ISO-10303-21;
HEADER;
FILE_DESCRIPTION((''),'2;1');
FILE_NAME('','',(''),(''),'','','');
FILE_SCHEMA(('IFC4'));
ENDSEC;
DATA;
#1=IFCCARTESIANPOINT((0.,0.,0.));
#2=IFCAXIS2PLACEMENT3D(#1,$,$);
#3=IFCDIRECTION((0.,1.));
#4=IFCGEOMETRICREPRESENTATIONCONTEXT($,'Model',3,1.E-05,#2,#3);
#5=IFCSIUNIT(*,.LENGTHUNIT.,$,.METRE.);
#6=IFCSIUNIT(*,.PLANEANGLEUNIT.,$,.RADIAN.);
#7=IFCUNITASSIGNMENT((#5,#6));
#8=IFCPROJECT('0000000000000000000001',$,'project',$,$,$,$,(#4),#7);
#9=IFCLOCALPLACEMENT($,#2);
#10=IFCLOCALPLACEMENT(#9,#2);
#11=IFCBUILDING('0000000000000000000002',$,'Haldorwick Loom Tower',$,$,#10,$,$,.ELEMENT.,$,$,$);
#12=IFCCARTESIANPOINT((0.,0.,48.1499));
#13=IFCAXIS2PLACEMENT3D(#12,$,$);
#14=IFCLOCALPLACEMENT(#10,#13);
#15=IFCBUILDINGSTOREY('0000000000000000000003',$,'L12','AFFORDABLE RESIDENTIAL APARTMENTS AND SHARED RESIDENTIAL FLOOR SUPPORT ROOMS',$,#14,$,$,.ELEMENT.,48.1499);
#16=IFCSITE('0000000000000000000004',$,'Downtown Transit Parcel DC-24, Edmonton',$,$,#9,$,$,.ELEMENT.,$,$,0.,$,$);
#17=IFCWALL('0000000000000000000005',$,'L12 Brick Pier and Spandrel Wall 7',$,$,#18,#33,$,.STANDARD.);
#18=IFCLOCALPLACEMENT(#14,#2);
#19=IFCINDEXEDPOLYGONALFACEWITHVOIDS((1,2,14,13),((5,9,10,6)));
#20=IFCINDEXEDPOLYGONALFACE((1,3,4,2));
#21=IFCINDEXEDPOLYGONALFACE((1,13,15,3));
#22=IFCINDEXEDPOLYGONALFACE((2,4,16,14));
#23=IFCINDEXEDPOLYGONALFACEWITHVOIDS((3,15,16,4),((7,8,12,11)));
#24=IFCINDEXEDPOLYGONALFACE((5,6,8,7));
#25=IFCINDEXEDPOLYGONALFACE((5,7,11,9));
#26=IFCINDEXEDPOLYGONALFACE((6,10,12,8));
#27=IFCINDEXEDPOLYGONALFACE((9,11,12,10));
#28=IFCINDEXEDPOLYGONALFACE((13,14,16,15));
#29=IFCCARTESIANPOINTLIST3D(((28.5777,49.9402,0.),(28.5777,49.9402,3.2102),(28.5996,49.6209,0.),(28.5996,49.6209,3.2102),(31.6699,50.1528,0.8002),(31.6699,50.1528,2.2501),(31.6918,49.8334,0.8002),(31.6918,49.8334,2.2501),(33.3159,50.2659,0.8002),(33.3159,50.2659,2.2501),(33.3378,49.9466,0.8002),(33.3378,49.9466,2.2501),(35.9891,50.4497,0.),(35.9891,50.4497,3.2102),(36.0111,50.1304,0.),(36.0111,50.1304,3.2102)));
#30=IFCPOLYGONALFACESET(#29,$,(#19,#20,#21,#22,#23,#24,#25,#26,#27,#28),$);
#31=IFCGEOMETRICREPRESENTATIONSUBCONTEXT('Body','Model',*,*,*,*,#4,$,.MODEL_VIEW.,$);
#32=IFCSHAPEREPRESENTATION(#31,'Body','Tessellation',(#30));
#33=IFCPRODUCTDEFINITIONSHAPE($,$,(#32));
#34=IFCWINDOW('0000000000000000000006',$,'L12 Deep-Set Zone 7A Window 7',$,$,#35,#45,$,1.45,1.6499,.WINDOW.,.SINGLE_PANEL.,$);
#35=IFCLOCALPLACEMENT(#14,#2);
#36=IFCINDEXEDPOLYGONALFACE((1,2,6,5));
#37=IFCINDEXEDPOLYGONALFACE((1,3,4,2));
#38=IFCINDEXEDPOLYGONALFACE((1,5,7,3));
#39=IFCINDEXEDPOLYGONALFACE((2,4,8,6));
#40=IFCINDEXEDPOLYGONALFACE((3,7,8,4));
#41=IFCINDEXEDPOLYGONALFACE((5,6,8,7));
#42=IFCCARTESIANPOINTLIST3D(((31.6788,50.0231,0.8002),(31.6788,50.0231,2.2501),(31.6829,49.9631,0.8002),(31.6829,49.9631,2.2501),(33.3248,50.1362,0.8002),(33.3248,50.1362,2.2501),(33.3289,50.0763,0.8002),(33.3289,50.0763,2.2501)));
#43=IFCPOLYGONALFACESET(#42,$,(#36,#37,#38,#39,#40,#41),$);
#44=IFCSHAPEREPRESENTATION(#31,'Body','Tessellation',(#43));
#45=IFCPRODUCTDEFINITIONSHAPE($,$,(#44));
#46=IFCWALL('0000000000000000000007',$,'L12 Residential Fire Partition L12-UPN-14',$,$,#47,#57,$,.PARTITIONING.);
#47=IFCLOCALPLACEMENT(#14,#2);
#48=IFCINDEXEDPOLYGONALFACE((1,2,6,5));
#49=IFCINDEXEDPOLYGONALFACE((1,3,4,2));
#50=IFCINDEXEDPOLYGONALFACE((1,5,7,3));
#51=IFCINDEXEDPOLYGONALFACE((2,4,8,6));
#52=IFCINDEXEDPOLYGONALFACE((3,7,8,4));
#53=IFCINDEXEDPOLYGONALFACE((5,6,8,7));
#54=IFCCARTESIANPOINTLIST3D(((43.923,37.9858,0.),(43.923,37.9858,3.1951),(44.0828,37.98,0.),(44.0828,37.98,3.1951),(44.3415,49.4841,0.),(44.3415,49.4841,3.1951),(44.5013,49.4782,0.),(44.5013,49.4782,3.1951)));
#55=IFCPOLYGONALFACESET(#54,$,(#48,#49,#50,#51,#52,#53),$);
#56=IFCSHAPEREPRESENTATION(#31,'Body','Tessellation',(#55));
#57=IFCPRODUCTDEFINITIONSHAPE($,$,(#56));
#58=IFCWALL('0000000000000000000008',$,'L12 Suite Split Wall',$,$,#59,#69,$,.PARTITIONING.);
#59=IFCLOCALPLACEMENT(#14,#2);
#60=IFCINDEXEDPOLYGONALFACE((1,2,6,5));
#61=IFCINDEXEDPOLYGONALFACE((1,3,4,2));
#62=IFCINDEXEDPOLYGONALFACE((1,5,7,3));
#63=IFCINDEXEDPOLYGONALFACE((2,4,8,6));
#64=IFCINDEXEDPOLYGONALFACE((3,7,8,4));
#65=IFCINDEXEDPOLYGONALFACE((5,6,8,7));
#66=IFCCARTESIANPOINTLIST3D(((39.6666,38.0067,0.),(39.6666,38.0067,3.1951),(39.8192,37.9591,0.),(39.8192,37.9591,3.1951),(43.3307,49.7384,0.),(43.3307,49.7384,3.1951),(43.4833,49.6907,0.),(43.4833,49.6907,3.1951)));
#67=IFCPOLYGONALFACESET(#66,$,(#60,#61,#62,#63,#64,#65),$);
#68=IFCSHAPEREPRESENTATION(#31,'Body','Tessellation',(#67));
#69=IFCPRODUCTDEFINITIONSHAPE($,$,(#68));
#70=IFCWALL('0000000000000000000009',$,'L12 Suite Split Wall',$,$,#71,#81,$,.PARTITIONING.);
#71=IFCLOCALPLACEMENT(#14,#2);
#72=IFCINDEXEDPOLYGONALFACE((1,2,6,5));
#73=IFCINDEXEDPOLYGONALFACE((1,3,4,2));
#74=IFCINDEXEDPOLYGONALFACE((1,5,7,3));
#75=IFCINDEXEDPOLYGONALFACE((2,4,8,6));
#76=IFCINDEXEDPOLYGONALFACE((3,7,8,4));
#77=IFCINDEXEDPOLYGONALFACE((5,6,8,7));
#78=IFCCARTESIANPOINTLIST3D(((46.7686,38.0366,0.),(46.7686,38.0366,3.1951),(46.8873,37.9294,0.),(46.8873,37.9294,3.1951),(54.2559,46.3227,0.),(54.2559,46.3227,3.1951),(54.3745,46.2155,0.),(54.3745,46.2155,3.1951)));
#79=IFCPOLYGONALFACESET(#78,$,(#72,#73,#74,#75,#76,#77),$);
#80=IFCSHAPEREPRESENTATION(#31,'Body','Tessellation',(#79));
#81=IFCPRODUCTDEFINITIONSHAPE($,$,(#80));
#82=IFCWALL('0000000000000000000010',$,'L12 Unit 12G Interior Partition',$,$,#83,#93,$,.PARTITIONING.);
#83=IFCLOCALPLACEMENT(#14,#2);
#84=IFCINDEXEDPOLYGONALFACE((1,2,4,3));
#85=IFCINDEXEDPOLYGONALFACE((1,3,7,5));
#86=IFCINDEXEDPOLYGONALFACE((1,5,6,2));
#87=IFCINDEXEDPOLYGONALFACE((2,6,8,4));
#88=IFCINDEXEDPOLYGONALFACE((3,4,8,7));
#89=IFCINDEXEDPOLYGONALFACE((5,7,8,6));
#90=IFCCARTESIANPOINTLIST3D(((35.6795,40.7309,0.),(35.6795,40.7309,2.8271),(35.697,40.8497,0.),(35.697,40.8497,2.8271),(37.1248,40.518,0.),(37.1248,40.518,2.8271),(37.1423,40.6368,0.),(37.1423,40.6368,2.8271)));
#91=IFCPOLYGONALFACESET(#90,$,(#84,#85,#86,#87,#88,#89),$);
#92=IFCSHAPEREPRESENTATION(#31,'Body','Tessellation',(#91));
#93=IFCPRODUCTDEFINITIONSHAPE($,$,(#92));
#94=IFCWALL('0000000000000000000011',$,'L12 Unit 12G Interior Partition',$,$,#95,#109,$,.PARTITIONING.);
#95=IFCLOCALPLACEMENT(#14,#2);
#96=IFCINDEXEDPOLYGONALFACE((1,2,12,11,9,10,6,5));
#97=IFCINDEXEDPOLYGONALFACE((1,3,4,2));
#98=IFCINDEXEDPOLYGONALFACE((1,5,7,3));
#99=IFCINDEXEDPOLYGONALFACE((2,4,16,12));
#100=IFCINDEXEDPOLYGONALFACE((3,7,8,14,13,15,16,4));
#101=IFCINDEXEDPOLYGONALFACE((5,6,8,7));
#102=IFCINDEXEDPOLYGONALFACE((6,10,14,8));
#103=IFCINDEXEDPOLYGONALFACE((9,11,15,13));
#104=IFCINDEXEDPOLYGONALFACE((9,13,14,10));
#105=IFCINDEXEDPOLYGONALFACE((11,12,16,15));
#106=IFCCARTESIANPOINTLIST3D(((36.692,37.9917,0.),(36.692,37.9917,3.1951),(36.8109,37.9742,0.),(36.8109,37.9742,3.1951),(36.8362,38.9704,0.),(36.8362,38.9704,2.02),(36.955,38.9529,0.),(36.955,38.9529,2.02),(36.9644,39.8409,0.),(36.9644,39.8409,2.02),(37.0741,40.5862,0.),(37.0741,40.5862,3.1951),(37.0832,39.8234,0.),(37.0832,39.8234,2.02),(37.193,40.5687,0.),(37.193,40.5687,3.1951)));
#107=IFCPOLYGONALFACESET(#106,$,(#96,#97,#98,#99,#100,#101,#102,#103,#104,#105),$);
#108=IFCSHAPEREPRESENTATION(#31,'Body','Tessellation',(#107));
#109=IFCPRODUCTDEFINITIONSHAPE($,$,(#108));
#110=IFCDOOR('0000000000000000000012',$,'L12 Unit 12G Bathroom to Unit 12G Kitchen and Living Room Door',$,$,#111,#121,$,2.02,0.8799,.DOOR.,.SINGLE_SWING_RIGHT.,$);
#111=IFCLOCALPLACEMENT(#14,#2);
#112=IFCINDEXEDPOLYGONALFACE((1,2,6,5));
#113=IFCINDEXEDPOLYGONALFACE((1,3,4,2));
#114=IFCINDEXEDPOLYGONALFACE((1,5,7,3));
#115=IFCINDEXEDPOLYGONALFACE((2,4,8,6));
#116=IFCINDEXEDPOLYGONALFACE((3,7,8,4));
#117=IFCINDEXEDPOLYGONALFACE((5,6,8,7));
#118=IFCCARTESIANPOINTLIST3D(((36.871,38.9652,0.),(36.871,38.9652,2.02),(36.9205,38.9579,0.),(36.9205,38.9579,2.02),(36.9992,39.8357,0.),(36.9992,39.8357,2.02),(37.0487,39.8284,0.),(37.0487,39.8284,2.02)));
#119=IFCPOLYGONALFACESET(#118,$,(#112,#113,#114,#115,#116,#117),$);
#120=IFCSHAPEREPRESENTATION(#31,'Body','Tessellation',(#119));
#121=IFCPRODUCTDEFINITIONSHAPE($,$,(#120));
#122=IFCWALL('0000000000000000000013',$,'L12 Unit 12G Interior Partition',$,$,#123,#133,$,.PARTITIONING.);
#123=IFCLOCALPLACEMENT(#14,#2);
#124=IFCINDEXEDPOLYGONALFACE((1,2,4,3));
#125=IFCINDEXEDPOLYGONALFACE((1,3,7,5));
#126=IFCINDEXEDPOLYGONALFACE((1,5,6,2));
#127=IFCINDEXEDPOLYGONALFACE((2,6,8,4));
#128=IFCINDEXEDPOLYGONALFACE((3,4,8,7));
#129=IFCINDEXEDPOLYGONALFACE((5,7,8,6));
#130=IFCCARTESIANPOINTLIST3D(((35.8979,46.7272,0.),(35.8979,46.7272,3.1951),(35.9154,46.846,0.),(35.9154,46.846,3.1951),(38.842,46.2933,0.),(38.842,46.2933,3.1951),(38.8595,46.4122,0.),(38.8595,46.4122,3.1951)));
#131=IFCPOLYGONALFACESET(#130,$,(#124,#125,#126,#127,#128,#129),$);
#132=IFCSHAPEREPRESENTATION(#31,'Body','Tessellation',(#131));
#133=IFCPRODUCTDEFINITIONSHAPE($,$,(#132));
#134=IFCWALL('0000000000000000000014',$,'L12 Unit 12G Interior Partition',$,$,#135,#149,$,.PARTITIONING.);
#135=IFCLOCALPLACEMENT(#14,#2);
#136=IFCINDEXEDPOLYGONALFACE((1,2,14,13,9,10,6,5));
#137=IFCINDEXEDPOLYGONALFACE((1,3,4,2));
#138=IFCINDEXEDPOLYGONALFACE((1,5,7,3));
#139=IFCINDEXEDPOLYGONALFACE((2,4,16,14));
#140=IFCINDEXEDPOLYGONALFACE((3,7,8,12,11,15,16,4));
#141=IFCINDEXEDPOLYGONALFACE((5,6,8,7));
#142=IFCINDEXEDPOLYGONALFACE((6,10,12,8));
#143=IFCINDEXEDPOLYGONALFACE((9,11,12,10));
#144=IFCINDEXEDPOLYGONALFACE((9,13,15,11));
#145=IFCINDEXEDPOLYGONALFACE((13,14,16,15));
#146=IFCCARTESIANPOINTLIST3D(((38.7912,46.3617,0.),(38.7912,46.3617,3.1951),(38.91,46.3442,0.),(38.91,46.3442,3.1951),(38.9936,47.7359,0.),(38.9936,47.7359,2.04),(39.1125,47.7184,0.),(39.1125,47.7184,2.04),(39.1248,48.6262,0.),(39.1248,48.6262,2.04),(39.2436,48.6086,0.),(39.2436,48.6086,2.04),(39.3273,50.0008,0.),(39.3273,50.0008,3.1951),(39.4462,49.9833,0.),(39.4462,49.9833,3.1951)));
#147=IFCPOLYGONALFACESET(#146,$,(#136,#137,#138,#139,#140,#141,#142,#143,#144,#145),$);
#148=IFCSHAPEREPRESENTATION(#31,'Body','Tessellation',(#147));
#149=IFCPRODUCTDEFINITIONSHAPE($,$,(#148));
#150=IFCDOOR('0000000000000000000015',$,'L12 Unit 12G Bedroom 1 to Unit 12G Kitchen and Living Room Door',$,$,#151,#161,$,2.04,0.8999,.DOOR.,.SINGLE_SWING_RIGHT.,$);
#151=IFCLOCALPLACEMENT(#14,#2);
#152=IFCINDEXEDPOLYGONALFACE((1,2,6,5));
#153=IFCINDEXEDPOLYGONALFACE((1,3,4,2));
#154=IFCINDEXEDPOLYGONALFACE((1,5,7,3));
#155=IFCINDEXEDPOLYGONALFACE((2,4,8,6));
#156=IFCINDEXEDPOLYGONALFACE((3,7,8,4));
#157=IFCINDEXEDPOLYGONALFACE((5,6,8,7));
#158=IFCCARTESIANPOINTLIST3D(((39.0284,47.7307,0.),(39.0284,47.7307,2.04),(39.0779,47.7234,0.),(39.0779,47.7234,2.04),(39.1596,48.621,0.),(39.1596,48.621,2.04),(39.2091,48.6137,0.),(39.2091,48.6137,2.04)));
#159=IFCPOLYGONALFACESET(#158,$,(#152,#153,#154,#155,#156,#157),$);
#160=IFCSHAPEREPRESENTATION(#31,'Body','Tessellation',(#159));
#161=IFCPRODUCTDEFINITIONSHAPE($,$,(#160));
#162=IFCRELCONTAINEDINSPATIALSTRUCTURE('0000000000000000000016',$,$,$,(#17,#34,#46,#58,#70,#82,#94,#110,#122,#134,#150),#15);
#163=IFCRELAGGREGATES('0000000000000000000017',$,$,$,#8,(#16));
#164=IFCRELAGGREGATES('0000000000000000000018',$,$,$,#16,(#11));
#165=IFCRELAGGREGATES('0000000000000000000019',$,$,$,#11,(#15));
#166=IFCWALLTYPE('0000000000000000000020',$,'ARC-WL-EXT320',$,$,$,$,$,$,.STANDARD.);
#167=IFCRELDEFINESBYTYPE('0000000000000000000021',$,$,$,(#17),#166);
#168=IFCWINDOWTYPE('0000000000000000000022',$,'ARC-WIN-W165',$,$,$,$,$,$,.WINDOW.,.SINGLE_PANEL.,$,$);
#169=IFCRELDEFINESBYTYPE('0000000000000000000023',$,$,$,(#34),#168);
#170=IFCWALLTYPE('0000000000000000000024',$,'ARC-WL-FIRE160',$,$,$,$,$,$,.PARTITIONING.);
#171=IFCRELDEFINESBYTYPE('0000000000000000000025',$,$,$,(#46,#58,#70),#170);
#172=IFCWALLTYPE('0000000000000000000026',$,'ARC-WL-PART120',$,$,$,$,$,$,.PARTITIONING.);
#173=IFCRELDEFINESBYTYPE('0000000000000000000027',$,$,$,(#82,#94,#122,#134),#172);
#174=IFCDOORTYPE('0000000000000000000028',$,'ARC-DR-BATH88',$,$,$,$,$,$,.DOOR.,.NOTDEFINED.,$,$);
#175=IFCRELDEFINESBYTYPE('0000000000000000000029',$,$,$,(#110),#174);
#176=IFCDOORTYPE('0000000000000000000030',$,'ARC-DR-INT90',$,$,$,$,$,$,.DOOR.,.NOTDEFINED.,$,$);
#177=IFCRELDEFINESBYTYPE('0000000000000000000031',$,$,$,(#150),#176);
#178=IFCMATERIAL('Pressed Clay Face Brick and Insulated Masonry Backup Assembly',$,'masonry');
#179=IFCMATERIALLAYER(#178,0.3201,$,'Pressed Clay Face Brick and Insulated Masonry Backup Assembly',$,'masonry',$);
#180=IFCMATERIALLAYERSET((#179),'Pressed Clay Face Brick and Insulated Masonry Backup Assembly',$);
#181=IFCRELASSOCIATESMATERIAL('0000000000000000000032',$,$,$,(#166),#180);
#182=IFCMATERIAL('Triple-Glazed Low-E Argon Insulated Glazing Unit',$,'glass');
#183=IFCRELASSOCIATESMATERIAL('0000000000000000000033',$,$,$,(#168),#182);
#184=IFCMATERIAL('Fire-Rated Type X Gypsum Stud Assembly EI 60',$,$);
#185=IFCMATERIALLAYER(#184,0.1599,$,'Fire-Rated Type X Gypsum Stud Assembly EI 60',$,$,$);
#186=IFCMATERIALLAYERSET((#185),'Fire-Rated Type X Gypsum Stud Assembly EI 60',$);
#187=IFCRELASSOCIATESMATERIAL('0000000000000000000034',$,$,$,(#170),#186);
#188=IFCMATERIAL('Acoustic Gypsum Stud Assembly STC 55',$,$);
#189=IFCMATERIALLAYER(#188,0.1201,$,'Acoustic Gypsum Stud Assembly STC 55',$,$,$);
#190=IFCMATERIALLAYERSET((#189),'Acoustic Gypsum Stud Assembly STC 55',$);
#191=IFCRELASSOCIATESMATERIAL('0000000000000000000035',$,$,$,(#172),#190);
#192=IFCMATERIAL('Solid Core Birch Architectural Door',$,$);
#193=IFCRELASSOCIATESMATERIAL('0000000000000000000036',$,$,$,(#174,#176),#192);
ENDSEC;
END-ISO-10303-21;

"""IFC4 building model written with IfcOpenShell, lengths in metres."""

from ifc_helpers import new_model, si_unit, direction, frame, frame_2d, origin, place, context, subcontext, project, spatial, rectangle, extrude, material, layer, layer_set, type_object, element, fill, save


model = new_model("IFC4")

# Units and contexts
model_context = context("Model", 3, precision=1e-05, world=origin(), true_north=direction((0.0, 1.0)))
body_context = subcontext(model_context, "Body", "Model", "MODEL_VIEW")
ifc_project = project(units=[si_unit("LENGTHUNIT", "METRE"), si_unit("PLANEANGLEUNIT", "RADIAN")], contexts=[model_context])

# Site, building, storey
site_placement = place(None, origin())
site = spatial("IfcSite", under=ifc_project, at=site_placement, Name="Downtown Transit Parcel DC-24, Edmonton", CompositionType="ELEMENT", RefElevation=0.0)
building_placement = place(site_placement, origin())
building = spatial("IfcBuilding", under=site, at=building_placement, Name="Haldorwick Loom Tower", CompositionType="ELEMENT")
storey_placement = place(building_placement, frame((0.0, 0.0, 48.1499)))
storey = spatial("IfcBuildingStorey", under=building, at=storey_placement, Name="L12", Description="AFFORDABLE RESIDENTIAL APARTMENTS AND SHARED RESIDENTIAL FLOOR SUPPORT ROOMS", CompositionType="ELEMENT", Elevation=48.1499)

# Wall, opening, window
ifc_material_1 = material(Name="Pressed Clay Face Brick and Insulated Masonry Backup Assembly", Category="masonry")
ifc_layer_1 = layer(ifc_material_1, 0.3201, Name="Pressed Clay Face Brick and Insulated Masonry Backup Assembly", Category="masonry")
ifc_layer_set_1 = layer_set([ifc_layer_1], Name="Pressed Clay Face Brick and Insulated Masonry Backup Assembly")
wall_type_1 = type_object("IfcWallType", Name="ARC-WL-EXT320", PredefinedType="STANDARD", material=ifc_layer_set_1)
ifc_material_2 = material(Name="Triple-Glazed Low-E Argon Insulated Glazing Unit", Category="glass")
window_type = type_object("IfcWindowType", Name="ARC-WIN-W165", PartitioningType="SINGLE_PANEL", PredefinedType="WINDOW", material=ifc_material_2)
wall_1_placement = place(storey_placement, frame((36.0, 50.29, 0.0), z_axis=(0.0, 0.0, 1.0), x_axis=(-0.997645, -0.068587, 0.0)))
wall_1 = element("IfcWall", 1, at=wall_1_placement, inside=storey, type_object=wall_type_1, Name="L12 Brick Pier and Spandrel Wall 7", PredefinedType="STANDARD", context=body_context, shape_type="SweptSolid", body=[
    extrude(rectangle(XDim=7.429, YDim=0.3201, at=frame_2d((3.7144, 0.0))), origin(), (0.0, 0.0, 1.0), 3.2102),
])
opening_1_placement = place(wall_1_placement, frame((2.6794, 0.0, 0.8)))
opening_1 = element("IfcOpeningElement", 2, at=opening_1_placement, cuts=wall_1, PredefinedType="OPENING", context=body_context, shape_type="SweptSolid", body=[
    extrude(rectangle(XDim=1.6499, YDim=1.45, at=frame_2d((0.825, 0.7251))), frame((0.0, 0.1699, 0.0), z_axis=(0.0, -1.0, 0.0), x_axis=(1.0, 0.0, 0.0)), (0.0, 0.0, 1.0), 0.3401),
])
window_1_placement = place(opening_1_placement, origin())
window_1 = element("IfcWindow", 3, at=window_1_placement, inside=storey, type_object=window_type, Name="L12 Deep-Set Zone 7A Window 7", OverallHeight=1.45, OverallWidth=1.6499, PartitioningType="SINGLE_PANEL", PredefinedType="WINDOW", context=body_context, shape_type="SweptSolid", body=[
    extrude(rectangle(XDim=1.6499, YDim=1.45, at=frame_2d((0.825, 0.7251))), frame((0.0, 0.03, 0.0), z_axis=(0.0, -1.0, 0.0), x_axis=(1.0, 0.0, 0.0)), (0.0, 0.0, 1.0), 0.0601),
])
fill(opening_1, window_1)

# Walls
ifc_material_3 = material(Name="Fire-Rated Type X Gypsum Stud Assembly EI 60")
ifc_layer_2 = layer(ifc_material_3, 0.1599, Name="Fire-Rated Type X Gypsum Stud Assembly EI 60")
ifc_layer_set_2 = layer_set([ifc_layer_2], Name="Fire-Rated Type X Gypsum Stud Assembly EI 60")
wall_type_2 = type_object("IfcWallType", Name="ARC-WL-FIRE160", PredefinedType="PARTITIONING", material=ifc_layer_set_2)
wall_2_placement = place(storey_placement, frame((44.0029, 37.9829, 0.0), z_axis=(0.0, 0.0, 1.0), x_axis=(0.036369, 0.999338, 0.0)))
element("IfcWall", 4, at=wall_2_placement, inside=storey, type_object=wall_type_2, Name="L12 Residential Fire Partition L12-UPN-14", PredefinedType="PARTITIONING", context=body_context, shape_type="SweptSolid", body=[
    extrude(rectangle(XDim=11.5059, YDim=0.1599, at=frame_2d((5.7529, 0.0))), origin(), (0.0, 0.0, 1.0), 3.1951),
])
wall_3_placement = place(storey_placement, frame((39.7429, 37.9829, 0.0), z_axis=(0.0, 0.0, 1.0), x_axis=(0.29812, 0.954528, 0.0)))
element("IfcWall", 5, at=wall_3_placement, inside=storey, type_object=wall_type_2, Name="L12 Suite Split Wall", PredefinedType="PARTITIONING", context=body_context, shape_type="SweptSolid", body=[
    extrude(rectangle(XDim=12.2905, YDim=0.1599, at=frame_2d((6.1453, 0.0))), origin(), (0.0, 0.0, 1.0), 3.1951),
])
wall_4_placement = place(storey_placement, frame((46.8279, 37.9829, 0.0), z_axis=(0.0, 0.0, 1.0), x_axis=(0.670437, 0.741967, 0.0)))
element("IfcWall", 6, at=wall_4_placement, inside=storey, type_object=wall_type_2, Name="L12 Suite Split Wall", PredefinedType="PARTITIONING", context=body_context, shape_type="SweptSolid", body=[
    extrude(rectangle(XDim=11.1677, YDim=0.1599, at=frame_2d((5.584, 0.0))), origin(), (0.0, 0.0, 1.0), 3.1951),
])
ifc_material_4 = material(Name="Acoustic Gypsum Stud Assembly STC 55")
ifc_layer_3 = layer(ifc_material_4, 0.1201, Name="Acoustic Gypsum Stud Assembly STC 55")
ifc_layer_set_3 = layer_set([ifc_layer_3], Name="Acoustic Gypsum Stud Assembly STC 55")
wall_type_3 = type_object("IfcWallType", Name="ARC-WL-PART120", PredefinedType="PARTITIONING", material=ifc_layer_set_3)
wall_5_placement = place(storey_placement, frame((37.1335, 40.5774, 0.0), z_axis=(0.0, 0.0, 1.0), x_axis=(-0.989325, 0.145725, 0.0)))
element("IfcWall", 7, at=wall_5_placement, inside=storey, type_object=wall_type_3, Name="L12 Unit 12G Interior Partition", PredefinedType="PARTITIONING", context=body_context, shape_type="SweptSolid", body=[
    extrude(rectangle(XDim=1.4609, YDim=0.1201, at=frame_2d((0.7305, 0.0))), origin(), (0.0, 0.0, 1.0), 2.8271),
])

# Wall, opening, door
wall_6_placement = place(storey_placement, frame((36.7515, 37.9829, 0.0), z_axis=(0.0, 0.0, 1.0), x_axis=(0.145695, 0.98933, 0.0)))
wall_6 = element("IfcWall", 8, at=wall_6_placement, inside=storey, type_object=wall_type_3, Name="L12 Unit 12G Interior Partition", PredefinedType="PARTITIONING", context=body_context, shape_type="SweptSolid", body=[
    extrude(rectangle(XDim=2.6226, YDim=0.1201, at=frame_2d((1.3113, 0.0))), origin(), (0.0, 0.0, 1.0), 3.1951),
])
opening_2_placement = place(wall_6_placement, frame((0.9893, 0.0, 0.0)))
opening_2 = element("IfcOpeningElement", 9, at=opening_2_placement, cuts=wall_6, PredefinedType="OPENING", context=body_context, shape_type="SweptSolid", body=[
    extrude(rectangle(XDim=0.8799, YDim=2.02, at=frame_2d((0.4399, 1.01))), frame((0.0, 0.0701, 0.0), z_axis=(0.0, -1.0, 0.0), x_axis=(1.0, 0.0, 0.0)), (0.0, 0.0, 1.0), 0.1401),
])
ifc_material_5 = material(Name="Solid Core Birch Architectural Door")
door_type_1 = type_object("IfcDoorType", Name="ARC-DR-BATH88", OperationType="NOTDEFINED", PredefinedType="DOOR", material=ifc_material_5)
door_1_placement = place(opening_2_placement, origin())
door_1 = element("IfcDoor", 10, at=door_1_placement, inside=storey, type_object=door_type_1, Name="L12 Unit 12G Bathroom to Unit 12G Kitchen and Living Room Door", OperationType="SINGLE_SWING_RIGHT", OverallHeight=2.02, OverallWidth=0.8799, PredefinedType="DOOR", context=body_context, shape_type="SweptSolid", body=[
    extrude(rectangle(XDim=0.8799, YDim=2.02, at=frame_2d((0.4399, 1.01))), frame((0.0, 0.0249, 0.0), z_axis=(0.0, -1.0, 0.0), x_axis=(1.0, 0.0, 0.0)), (0.0, 0.0, 1.0), 0.05),
])
fill(opening_2, door_1)

# Wall
wall_7_placement = place(storey_placement, frame((38.8506, 46.3528, 0.0), z_axis=(0.0, 0.0, 1.0), x_axis=(-0.989316, 0.145784, 0.0)))
element("IfcWall", 11, at=wall_7_placement, inside=storey, type_object=wall_type_3, Name="L12 Unit 12G Interior Partition", PredefinedType="PARTITIONING", context=body_context, shape_type="SweptSolid", body=[
    extrude(rectangle(XDim=2.9758, YDim=0.1201, at=frame_2d((1.4878, 0.0))), origin(), (0.0, 0.0, 1.0), 3.1951),
])

# Wall, opening, door
wall_8_placement = place(storey_placement, frame((38.8506, 46.3528, 0.0), z_axis=(0.0, 0.0, 1.0), x_axis=(0.14575, 0.989321, 0.0)))
wall_8 = element("IfcWall", 12, at=wall_8_placement, inside=storey, type_object=wall_type_3, Name="L12 Unit 12G Interior Partition", PredefinedType="PARTITIONING", context=body_context, shape_type="SweptSolid", body=[
    extrude(rectangle(XDim=3.6785, YDim=0.1201, at=frame_2d((1.8394, 0.0))), origin(), (0.0, 0.0, 1.0), 3.1951),
])
opening_3_placement = place(wall_8_placement, frame((1.3892, 0.0, 0.0)))
opening_3 = element("IfcOpeningElement", 13, at=opening_3_placement, cuts=wall_8, PredefinedType="OPENING", context=body_context, shape_type="SweptSolid", body=[
    extrude(rectangle(XDim=0.8999, YDim=2.04, at=frame_2d((0.45, 1.02))), frame((0.0, 0.0701, 0.0), z_axis=(0.0, -1.0, 0.0), x_axis=(1.0, 0.0, 0.0)), (0.0, 0.0, 1.0), 0.1401),
])
door_type_2 = type_object("IfcDoorType", Name="ARC-DR-INT90", OperationType="NOTDEFINED", PredefinedType="DOOR", material=ifc_material_5)
door_2_placement = place(opening_3_placement, origin())
door_2 = element("IfcDoor", 14, at=door_2_placement, inside=storey, type_object=door_type_2, Name="L12 Unit 12G Bedroom 1 to Unit 12G Kitchen and Living Room Door", OperationType="SINGLE_SWING_RIGHT", OverallHeight=2.04, OverallWidth=0.8999, PredefinedType="DOOR", context=body_context, shape_type="SweptSolid", body=[
    extrude(rectangle(XDim=0.8999, YDim=2.04, at=frame_2d((0.45, 1.02))), frame((0.0, 0.0249, 0.0), z_axis=(0.0, -1.0, 0.0), x_axis=(1.0, 0.0, 0.0)), (0.0, 0.0, 1.0), 0.05),
])
fill(opening_3, door_2)

save(model, "model.ifc")
